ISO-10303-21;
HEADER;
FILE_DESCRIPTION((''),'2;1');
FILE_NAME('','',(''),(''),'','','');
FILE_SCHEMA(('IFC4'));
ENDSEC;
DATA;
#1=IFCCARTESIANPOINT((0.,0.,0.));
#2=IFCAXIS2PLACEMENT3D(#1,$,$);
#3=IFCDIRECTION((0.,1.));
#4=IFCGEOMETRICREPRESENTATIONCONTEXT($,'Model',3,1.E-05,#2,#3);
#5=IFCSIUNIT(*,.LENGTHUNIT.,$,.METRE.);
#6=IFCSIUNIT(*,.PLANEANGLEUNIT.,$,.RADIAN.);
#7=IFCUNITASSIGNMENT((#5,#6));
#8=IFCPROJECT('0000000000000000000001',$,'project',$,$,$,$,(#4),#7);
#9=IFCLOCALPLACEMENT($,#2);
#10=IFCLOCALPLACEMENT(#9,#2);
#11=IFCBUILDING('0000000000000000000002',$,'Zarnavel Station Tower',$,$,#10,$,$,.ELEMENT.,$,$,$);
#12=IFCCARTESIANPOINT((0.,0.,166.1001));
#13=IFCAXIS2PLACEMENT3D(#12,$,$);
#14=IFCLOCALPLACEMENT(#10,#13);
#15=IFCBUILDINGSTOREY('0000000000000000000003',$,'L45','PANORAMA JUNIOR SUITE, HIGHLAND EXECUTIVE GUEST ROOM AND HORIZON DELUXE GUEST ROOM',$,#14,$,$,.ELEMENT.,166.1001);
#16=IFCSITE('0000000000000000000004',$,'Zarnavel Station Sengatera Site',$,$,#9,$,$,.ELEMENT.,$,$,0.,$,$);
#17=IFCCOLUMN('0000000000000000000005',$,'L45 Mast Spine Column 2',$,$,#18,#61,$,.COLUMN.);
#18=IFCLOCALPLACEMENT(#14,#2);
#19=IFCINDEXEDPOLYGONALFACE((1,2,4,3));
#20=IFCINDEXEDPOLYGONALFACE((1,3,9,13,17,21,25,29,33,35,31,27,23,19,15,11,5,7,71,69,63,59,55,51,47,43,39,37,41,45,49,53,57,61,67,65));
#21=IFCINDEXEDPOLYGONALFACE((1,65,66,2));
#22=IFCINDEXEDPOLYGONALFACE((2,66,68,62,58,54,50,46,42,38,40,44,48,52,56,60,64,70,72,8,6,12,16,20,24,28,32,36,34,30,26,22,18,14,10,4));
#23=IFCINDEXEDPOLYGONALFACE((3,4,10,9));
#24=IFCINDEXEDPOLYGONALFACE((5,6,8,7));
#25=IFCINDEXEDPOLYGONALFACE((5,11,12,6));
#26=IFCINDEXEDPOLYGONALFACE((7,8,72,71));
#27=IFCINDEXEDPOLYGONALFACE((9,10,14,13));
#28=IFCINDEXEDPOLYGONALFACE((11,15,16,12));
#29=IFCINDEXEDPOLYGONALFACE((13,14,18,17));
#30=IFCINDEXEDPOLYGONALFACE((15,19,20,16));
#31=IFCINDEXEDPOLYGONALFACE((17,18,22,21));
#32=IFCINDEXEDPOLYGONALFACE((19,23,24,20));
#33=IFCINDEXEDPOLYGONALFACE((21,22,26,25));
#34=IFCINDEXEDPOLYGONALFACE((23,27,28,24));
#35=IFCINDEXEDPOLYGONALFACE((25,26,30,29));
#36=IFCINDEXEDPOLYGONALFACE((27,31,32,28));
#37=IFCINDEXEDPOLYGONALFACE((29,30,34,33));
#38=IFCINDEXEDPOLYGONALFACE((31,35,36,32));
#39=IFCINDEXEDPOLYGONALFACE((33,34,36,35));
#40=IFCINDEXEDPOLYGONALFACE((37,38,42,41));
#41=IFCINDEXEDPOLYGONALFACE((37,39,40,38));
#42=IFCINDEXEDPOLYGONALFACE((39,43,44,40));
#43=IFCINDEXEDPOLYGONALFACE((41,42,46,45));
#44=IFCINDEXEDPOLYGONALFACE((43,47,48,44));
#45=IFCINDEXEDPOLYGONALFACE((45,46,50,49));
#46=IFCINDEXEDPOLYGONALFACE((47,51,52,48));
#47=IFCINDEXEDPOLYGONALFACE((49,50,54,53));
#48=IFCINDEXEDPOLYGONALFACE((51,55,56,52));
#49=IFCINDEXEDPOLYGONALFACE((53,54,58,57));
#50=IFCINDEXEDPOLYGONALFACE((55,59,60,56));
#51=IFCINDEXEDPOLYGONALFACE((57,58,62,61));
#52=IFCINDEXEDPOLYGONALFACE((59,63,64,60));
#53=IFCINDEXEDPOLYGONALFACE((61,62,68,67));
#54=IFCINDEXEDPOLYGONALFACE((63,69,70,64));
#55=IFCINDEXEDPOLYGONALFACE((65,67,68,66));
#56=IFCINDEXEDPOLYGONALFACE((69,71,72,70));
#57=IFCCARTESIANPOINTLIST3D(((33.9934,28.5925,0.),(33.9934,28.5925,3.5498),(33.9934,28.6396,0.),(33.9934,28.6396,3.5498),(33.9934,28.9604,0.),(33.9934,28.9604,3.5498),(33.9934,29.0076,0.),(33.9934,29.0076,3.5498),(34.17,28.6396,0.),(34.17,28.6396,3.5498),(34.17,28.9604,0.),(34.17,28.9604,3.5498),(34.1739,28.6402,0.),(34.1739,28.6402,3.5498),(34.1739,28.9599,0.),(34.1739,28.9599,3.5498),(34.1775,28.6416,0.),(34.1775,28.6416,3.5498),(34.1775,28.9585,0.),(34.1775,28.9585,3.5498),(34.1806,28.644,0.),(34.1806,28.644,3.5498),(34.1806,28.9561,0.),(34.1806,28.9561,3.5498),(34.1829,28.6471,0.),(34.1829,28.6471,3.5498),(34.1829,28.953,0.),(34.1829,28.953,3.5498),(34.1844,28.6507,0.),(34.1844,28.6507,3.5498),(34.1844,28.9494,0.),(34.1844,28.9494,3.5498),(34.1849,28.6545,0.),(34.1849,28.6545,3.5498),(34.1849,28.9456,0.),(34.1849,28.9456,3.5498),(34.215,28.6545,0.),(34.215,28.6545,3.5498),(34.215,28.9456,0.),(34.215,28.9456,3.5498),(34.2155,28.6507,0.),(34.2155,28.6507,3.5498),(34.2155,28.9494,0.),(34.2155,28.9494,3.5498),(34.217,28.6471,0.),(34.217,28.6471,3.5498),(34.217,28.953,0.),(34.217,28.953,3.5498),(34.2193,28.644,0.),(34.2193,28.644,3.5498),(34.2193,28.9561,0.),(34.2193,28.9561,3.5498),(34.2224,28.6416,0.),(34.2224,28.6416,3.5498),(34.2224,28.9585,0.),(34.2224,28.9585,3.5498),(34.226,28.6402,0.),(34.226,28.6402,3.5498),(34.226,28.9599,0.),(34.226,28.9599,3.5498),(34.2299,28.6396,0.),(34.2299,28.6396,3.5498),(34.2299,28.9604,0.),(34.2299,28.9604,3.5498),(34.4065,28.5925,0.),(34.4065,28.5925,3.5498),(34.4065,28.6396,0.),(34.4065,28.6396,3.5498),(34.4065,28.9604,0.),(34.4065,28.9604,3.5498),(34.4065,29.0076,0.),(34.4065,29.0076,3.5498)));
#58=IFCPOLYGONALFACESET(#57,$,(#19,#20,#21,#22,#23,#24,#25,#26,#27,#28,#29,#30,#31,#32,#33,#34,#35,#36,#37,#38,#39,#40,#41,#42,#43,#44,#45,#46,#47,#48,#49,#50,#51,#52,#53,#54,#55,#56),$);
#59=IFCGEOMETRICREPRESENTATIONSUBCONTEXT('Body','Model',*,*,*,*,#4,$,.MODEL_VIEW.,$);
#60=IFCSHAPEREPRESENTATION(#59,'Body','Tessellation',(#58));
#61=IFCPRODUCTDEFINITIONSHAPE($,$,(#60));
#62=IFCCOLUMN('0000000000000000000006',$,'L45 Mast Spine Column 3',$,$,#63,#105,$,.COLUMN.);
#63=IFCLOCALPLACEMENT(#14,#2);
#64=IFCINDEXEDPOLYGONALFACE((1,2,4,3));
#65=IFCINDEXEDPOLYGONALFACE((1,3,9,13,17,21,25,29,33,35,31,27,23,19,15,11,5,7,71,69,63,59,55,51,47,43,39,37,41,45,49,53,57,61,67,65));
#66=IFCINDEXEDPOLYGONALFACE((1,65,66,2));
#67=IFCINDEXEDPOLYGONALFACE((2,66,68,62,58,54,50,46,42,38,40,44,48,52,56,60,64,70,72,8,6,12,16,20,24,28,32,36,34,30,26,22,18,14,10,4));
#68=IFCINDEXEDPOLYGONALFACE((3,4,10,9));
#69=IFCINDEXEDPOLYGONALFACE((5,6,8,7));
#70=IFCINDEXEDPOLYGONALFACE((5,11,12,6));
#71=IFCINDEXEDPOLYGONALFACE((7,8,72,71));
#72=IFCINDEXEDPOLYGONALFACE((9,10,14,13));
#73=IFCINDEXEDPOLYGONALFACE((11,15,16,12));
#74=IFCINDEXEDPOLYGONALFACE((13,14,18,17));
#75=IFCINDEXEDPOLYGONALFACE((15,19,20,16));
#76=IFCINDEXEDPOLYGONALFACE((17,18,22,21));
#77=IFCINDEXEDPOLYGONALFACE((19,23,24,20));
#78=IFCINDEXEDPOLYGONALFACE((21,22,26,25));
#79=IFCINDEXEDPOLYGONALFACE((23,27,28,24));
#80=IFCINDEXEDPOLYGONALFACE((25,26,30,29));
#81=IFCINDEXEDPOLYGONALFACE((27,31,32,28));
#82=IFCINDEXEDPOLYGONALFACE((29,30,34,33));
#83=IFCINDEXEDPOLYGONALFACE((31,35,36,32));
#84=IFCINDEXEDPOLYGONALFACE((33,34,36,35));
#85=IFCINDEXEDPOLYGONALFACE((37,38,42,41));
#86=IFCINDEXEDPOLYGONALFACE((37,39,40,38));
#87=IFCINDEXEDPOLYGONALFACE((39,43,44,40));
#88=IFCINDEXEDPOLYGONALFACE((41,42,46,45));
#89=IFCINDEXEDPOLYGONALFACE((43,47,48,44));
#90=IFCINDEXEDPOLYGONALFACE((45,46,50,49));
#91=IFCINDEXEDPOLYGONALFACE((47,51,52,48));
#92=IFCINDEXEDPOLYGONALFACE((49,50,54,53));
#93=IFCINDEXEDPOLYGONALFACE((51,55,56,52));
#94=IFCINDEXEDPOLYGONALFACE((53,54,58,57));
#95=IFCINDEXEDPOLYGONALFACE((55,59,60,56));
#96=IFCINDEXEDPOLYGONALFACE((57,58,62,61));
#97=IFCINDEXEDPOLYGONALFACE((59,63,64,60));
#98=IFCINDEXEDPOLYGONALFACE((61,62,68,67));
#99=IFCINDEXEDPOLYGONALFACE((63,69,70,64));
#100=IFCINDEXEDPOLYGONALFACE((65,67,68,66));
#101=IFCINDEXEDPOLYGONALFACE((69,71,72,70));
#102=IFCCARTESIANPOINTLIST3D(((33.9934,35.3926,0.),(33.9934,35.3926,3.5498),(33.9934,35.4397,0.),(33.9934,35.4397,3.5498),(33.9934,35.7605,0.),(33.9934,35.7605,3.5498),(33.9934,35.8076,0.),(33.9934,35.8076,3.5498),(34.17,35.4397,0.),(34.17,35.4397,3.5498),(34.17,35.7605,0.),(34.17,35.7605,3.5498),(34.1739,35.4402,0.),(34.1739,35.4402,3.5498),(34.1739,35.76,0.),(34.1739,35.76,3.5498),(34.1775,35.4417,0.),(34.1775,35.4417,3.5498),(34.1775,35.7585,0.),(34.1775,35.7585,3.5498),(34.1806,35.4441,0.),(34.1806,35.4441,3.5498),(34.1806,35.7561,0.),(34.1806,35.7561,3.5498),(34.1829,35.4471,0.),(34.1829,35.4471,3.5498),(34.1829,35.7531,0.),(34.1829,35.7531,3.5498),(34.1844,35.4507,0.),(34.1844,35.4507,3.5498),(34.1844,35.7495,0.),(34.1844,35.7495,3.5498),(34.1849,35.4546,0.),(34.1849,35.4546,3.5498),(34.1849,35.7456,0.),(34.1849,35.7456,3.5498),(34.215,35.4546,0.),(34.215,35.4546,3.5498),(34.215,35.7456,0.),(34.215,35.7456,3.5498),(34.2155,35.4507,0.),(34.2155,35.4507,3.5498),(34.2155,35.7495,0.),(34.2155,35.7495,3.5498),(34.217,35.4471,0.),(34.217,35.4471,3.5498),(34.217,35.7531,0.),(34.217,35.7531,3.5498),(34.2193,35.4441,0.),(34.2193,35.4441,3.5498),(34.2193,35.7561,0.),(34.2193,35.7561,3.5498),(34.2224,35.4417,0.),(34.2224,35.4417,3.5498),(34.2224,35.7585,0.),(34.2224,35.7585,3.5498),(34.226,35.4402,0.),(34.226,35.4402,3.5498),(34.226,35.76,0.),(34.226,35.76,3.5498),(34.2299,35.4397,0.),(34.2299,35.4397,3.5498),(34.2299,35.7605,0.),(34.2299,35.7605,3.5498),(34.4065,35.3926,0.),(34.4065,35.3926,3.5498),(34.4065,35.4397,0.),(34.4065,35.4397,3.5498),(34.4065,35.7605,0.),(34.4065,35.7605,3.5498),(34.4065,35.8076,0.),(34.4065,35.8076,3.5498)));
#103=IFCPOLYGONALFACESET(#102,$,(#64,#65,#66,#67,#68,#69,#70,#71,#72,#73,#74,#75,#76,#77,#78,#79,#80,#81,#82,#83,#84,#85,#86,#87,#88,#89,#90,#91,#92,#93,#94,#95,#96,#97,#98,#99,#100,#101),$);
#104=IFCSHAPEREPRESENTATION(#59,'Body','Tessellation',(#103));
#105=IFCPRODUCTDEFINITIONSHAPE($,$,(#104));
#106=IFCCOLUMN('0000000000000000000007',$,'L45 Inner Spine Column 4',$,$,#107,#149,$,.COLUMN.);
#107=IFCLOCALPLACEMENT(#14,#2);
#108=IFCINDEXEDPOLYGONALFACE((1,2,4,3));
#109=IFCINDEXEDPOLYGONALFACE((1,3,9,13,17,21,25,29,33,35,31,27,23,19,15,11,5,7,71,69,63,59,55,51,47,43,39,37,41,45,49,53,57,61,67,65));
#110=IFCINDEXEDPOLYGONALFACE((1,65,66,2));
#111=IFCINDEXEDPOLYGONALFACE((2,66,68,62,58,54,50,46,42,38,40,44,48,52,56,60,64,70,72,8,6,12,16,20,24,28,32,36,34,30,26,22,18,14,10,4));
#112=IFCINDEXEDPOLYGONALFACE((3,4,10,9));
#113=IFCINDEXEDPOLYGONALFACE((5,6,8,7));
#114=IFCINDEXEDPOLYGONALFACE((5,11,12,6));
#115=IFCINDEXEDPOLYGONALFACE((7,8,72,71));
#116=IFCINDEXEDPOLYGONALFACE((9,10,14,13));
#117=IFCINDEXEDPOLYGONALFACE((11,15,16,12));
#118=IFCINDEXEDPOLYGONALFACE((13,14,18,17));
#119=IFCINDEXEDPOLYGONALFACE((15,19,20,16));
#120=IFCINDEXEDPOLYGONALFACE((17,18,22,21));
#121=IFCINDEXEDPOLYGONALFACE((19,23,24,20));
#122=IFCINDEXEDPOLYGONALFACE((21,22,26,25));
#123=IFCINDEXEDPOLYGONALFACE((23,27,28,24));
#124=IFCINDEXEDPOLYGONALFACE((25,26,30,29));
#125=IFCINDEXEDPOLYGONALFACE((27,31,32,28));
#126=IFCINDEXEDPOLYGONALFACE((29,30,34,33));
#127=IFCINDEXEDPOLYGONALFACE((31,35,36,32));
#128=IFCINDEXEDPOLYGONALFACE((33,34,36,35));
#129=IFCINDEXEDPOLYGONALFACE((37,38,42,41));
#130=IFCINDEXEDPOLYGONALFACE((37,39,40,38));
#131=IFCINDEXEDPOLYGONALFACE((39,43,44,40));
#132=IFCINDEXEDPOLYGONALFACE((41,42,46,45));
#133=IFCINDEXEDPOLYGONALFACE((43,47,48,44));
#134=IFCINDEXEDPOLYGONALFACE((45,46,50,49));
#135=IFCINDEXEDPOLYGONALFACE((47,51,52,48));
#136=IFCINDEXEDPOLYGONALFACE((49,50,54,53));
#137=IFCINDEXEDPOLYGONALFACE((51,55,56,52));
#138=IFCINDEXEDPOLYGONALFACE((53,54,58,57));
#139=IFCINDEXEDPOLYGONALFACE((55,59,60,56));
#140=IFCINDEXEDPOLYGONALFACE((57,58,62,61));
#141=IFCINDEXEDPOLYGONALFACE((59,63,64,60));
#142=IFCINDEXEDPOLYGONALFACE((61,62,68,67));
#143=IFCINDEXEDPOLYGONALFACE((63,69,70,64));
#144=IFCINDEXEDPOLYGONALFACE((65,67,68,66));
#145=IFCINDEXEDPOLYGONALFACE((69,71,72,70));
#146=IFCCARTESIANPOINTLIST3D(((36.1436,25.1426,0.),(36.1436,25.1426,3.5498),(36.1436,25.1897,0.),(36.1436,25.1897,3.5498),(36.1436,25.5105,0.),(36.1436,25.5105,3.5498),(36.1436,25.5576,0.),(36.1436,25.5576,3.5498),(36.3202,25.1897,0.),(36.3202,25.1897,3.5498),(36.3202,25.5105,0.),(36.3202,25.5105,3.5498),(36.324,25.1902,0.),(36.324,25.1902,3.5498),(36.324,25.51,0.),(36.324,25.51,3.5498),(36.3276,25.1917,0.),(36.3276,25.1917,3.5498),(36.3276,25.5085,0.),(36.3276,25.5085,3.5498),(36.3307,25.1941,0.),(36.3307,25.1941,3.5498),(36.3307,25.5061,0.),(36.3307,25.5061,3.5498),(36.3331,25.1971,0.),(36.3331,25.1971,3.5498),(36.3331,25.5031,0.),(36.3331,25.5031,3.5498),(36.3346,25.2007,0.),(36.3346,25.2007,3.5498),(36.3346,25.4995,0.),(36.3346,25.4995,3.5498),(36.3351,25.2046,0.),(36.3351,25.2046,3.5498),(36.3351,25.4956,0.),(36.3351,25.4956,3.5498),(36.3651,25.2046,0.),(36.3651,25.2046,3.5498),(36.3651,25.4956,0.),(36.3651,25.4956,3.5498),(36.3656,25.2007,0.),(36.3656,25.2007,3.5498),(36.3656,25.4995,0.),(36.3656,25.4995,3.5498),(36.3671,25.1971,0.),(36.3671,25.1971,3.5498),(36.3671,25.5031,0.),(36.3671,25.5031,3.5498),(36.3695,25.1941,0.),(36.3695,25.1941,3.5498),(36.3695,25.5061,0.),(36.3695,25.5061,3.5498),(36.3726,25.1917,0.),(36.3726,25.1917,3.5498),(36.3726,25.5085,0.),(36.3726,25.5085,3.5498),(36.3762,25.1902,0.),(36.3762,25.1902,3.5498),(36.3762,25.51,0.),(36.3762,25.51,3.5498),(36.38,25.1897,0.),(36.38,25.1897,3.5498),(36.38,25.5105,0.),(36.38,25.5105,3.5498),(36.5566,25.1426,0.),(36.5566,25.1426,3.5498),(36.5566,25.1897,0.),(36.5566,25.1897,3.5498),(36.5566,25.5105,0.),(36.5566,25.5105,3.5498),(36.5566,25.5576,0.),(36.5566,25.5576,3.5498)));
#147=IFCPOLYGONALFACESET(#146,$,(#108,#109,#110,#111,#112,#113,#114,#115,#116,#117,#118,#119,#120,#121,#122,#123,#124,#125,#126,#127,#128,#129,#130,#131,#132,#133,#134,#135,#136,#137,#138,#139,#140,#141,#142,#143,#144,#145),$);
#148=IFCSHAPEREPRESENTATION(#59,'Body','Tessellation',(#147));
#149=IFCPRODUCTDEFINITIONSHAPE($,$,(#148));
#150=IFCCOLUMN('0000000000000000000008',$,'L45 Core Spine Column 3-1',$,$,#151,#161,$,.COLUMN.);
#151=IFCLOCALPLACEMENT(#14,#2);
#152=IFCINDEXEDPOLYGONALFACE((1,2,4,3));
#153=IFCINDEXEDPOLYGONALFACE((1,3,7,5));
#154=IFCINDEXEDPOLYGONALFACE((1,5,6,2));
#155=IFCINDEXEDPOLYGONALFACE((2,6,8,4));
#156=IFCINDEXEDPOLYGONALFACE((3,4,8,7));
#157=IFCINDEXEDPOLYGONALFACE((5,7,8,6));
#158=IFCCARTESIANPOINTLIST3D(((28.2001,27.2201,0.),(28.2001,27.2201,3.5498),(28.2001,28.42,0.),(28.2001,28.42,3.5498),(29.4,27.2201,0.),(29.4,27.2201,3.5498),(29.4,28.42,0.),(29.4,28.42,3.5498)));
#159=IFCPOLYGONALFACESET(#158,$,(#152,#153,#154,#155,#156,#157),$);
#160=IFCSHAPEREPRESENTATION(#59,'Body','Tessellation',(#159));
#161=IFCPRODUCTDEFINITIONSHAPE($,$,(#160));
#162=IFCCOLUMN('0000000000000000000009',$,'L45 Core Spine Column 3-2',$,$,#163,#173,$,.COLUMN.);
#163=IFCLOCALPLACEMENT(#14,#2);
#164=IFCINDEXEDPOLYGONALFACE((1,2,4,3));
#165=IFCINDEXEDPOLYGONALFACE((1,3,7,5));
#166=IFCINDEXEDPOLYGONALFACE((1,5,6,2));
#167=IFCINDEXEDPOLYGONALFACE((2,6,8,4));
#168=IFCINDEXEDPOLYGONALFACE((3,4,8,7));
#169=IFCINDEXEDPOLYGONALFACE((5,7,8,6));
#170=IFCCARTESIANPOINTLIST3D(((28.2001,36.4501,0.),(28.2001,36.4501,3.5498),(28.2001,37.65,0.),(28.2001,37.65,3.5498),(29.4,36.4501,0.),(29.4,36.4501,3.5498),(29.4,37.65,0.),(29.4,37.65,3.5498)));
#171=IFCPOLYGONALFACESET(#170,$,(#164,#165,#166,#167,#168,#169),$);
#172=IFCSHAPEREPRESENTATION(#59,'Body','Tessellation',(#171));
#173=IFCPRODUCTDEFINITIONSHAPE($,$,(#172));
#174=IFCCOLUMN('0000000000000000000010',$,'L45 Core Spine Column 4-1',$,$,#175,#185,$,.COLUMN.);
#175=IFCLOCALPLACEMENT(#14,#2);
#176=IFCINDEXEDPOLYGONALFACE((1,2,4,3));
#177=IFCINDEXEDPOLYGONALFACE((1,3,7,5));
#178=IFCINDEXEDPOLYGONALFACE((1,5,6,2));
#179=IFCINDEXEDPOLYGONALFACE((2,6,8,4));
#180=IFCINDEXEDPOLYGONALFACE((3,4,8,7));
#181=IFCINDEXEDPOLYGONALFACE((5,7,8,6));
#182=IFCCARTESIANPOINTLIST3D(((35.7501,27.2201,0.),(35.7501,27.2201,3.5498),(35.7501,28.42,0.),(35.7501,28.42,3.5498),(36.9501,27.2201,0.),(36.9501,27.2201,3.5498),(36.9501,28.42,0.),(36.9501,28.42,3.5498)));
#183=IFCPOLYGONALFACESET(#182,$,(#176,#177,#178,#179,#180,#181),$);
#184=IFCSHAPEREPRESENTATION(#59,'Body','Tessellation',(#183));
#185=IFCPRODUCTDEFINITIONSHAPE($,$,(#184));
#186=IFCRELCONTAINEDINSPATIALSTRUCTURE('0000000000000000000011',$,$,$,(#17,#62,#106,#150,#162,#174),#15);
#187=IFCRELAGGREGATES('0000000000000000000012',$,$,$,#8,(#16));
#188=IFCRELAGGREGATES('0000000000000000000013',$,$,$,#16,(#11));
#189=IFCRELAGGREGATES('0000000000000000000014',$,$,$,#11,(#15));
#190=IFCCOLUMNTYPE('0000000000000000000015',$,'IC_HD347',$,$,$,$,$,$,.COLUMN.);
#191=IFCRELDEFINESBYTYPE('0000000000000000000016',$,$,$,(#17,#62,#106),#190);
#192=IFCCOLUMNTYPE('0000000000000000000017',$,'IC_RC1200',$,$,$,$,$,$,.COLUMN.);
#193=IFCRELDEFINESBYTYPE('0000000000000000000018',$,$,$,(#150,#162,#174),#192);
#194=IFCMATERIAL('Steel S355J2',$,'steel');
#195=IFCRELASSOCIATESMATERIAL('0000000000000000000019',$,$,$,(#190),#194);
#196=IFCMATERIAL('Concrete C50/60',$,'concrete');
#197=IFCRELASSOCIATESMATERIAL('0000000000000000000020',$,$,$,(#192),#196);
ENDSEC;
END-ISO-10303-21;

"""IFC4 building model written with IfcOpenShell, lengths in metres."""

from ifc_helpers import new_model, si_unit, direction, frame, origin, origin_2d, place, context, subcontext, project, spatial, rectangle, i_section, extrude, material, material_profile, profile_set, type_object, element, save


model = new_model("IFC4")

# Units and contexts
model_context = context("Model", 3, precision=1e-05, world=origin(), true_north=direction((0.0, 1.0)))
body_context = subcontext(model_context, "Body", "Model", "MODEL_VIEW")
ifc_project = project(units=[si_unit("LENGTHUNIT", "METRE"), si_unit("PLANEANGLEUNIT", "RADIAN")], contexts=[model_context])

# Site, building, storey
site_placement = place(None, origin())
site = spatial("IfcSite", under=ifc_project, at=site_placement, Name="Zarnavel Station Sengatera Site", CompositionType="ELEMENT", RefElevation=0.0)
building_placement = place(site_placement, origin())
building = spatial("IfcBuilding", under=site, at=building_placement, Name="Zarnavel Station Tower", CompositionType="ELEMENT")
storey_placement = place(building_placement, frame((0.0, 0.0, 166.1001)))
storey = spatial("IfcBuildingStorey", under=building, at=storey_placement, Name="L45", Description="PANORAMA JUNIOR SUITE, HIGHLAND EXECUTIVE GUEST ROOM AND HORIZON DELUXE GUEST ROOM", CompositionType="ELEMENT", Elevation=166.1001)

# Columns
ifc_material_1 = material(Name="Steel S355J2", Category="steel")
ifc_material_profile_1 = material_profile(ifc_material_1, i_section(OverallWidth=0.4131, OverallDepth=0.415, WebThickness=0.03, FlangeThickness=0.0471, FilletRadius=0.0149, at=origin_2d()), Name="HD400x347")
ifc_profile_set_1 = profile_set([ifc_material_profile_1], Name="Steel S355J2")
column_type_1 = type_object("IfcColumnType", Name="IC_HD347", PredefinedType="COLUMN", material=ifc_profile_set_1)
for number, where, z_axis, x_axis, name in (
    (1, (34.2, 28.8, 0.0), (0.0, 0.0, 1.0), (1.0, 0.0, 0.0), "L45 Mast Spine Column 2"),
    (2, (34.2, 35.6001, 0.0), (0.0, 0.0, 1.0), (1.0, 0.0, 0.0), "L45 Mast Spine Column 3"),
    (3, (36.3501, 25.3501, 0.0), (0.0, 0.0, 1.0), (1.0, 0.0, 0.0), "L45 Inner Spine Column 4"),
):
    element("IfcColumn", number, at=place(storey_placement, frame(where, z_axis=z_axis, x_axis=x_axis)), inside=storey, type_object=column_type_1, Name=name, PredefinedType="COLUMN", context=body_context, shape_type="SweptSolid", body=[
        extrude(i_section(OverallWidth=0.4131, OverallDepth=0.415, WebThickness=0.03, FlangeThickness=0.0471, FilletRadius=0.0149, at=origin_2d()), origin(), (0.0, 0.0, 1.0), 3.5498),
    ])
ifc_material_2 = material(Name="Concrete C50/60", Category="concrete")
ifc_material_profile_2 = material_profile(ifc_material_2, rectangle(XDim=1.2, YDim=1.2, at=origin_2d()), Name="RC1200x1200")
ifc_profile_set_2 = profile_set([ifc_material_profile_2], Name="Concrete C50/60")
column_type_2 = type_object("IfcColumnType", Name="IC_RC1200", PredefinedType="COLUMN", material=ifc_profile_set_2)
for number, where, z_axis, x_axis, name in (
    (4, (28.8, 27.8201, 0.0), (0.0, 0.0, 1.0), (1.0, 0.0, 0.0), "L45 Core Spine Column 3-1"),
    (5, (28.8, 37.05, 0.0), (0.0, 0.0, 1.0), (1.0, 0.0, 0.0), "L45 Core Spine Column 3-2"),
    (6, (36.3501, 27.8201, 0.0), (0.0, 0.0, 1.0), (1.0, 0.0, 0.0), "L45 Core Spine Column 4-1"),
):
    element("IfcColumn", number, at=place(storey_placement, frame(where, z_axis=z_axis, x_axis=x_axis)), inside=storey, type_object=column_type_2, Name=name, PredefinedType="COLUMN", context=body_context, shape_type="SweptSolid", body=[
        extrude(rectangle(XDim=1.2, YDim=1.2, at=origin_2d()), origin(), (0.0, 0.0, 1.0), 3.5498),
    ])

save(model, "model.ifc")
